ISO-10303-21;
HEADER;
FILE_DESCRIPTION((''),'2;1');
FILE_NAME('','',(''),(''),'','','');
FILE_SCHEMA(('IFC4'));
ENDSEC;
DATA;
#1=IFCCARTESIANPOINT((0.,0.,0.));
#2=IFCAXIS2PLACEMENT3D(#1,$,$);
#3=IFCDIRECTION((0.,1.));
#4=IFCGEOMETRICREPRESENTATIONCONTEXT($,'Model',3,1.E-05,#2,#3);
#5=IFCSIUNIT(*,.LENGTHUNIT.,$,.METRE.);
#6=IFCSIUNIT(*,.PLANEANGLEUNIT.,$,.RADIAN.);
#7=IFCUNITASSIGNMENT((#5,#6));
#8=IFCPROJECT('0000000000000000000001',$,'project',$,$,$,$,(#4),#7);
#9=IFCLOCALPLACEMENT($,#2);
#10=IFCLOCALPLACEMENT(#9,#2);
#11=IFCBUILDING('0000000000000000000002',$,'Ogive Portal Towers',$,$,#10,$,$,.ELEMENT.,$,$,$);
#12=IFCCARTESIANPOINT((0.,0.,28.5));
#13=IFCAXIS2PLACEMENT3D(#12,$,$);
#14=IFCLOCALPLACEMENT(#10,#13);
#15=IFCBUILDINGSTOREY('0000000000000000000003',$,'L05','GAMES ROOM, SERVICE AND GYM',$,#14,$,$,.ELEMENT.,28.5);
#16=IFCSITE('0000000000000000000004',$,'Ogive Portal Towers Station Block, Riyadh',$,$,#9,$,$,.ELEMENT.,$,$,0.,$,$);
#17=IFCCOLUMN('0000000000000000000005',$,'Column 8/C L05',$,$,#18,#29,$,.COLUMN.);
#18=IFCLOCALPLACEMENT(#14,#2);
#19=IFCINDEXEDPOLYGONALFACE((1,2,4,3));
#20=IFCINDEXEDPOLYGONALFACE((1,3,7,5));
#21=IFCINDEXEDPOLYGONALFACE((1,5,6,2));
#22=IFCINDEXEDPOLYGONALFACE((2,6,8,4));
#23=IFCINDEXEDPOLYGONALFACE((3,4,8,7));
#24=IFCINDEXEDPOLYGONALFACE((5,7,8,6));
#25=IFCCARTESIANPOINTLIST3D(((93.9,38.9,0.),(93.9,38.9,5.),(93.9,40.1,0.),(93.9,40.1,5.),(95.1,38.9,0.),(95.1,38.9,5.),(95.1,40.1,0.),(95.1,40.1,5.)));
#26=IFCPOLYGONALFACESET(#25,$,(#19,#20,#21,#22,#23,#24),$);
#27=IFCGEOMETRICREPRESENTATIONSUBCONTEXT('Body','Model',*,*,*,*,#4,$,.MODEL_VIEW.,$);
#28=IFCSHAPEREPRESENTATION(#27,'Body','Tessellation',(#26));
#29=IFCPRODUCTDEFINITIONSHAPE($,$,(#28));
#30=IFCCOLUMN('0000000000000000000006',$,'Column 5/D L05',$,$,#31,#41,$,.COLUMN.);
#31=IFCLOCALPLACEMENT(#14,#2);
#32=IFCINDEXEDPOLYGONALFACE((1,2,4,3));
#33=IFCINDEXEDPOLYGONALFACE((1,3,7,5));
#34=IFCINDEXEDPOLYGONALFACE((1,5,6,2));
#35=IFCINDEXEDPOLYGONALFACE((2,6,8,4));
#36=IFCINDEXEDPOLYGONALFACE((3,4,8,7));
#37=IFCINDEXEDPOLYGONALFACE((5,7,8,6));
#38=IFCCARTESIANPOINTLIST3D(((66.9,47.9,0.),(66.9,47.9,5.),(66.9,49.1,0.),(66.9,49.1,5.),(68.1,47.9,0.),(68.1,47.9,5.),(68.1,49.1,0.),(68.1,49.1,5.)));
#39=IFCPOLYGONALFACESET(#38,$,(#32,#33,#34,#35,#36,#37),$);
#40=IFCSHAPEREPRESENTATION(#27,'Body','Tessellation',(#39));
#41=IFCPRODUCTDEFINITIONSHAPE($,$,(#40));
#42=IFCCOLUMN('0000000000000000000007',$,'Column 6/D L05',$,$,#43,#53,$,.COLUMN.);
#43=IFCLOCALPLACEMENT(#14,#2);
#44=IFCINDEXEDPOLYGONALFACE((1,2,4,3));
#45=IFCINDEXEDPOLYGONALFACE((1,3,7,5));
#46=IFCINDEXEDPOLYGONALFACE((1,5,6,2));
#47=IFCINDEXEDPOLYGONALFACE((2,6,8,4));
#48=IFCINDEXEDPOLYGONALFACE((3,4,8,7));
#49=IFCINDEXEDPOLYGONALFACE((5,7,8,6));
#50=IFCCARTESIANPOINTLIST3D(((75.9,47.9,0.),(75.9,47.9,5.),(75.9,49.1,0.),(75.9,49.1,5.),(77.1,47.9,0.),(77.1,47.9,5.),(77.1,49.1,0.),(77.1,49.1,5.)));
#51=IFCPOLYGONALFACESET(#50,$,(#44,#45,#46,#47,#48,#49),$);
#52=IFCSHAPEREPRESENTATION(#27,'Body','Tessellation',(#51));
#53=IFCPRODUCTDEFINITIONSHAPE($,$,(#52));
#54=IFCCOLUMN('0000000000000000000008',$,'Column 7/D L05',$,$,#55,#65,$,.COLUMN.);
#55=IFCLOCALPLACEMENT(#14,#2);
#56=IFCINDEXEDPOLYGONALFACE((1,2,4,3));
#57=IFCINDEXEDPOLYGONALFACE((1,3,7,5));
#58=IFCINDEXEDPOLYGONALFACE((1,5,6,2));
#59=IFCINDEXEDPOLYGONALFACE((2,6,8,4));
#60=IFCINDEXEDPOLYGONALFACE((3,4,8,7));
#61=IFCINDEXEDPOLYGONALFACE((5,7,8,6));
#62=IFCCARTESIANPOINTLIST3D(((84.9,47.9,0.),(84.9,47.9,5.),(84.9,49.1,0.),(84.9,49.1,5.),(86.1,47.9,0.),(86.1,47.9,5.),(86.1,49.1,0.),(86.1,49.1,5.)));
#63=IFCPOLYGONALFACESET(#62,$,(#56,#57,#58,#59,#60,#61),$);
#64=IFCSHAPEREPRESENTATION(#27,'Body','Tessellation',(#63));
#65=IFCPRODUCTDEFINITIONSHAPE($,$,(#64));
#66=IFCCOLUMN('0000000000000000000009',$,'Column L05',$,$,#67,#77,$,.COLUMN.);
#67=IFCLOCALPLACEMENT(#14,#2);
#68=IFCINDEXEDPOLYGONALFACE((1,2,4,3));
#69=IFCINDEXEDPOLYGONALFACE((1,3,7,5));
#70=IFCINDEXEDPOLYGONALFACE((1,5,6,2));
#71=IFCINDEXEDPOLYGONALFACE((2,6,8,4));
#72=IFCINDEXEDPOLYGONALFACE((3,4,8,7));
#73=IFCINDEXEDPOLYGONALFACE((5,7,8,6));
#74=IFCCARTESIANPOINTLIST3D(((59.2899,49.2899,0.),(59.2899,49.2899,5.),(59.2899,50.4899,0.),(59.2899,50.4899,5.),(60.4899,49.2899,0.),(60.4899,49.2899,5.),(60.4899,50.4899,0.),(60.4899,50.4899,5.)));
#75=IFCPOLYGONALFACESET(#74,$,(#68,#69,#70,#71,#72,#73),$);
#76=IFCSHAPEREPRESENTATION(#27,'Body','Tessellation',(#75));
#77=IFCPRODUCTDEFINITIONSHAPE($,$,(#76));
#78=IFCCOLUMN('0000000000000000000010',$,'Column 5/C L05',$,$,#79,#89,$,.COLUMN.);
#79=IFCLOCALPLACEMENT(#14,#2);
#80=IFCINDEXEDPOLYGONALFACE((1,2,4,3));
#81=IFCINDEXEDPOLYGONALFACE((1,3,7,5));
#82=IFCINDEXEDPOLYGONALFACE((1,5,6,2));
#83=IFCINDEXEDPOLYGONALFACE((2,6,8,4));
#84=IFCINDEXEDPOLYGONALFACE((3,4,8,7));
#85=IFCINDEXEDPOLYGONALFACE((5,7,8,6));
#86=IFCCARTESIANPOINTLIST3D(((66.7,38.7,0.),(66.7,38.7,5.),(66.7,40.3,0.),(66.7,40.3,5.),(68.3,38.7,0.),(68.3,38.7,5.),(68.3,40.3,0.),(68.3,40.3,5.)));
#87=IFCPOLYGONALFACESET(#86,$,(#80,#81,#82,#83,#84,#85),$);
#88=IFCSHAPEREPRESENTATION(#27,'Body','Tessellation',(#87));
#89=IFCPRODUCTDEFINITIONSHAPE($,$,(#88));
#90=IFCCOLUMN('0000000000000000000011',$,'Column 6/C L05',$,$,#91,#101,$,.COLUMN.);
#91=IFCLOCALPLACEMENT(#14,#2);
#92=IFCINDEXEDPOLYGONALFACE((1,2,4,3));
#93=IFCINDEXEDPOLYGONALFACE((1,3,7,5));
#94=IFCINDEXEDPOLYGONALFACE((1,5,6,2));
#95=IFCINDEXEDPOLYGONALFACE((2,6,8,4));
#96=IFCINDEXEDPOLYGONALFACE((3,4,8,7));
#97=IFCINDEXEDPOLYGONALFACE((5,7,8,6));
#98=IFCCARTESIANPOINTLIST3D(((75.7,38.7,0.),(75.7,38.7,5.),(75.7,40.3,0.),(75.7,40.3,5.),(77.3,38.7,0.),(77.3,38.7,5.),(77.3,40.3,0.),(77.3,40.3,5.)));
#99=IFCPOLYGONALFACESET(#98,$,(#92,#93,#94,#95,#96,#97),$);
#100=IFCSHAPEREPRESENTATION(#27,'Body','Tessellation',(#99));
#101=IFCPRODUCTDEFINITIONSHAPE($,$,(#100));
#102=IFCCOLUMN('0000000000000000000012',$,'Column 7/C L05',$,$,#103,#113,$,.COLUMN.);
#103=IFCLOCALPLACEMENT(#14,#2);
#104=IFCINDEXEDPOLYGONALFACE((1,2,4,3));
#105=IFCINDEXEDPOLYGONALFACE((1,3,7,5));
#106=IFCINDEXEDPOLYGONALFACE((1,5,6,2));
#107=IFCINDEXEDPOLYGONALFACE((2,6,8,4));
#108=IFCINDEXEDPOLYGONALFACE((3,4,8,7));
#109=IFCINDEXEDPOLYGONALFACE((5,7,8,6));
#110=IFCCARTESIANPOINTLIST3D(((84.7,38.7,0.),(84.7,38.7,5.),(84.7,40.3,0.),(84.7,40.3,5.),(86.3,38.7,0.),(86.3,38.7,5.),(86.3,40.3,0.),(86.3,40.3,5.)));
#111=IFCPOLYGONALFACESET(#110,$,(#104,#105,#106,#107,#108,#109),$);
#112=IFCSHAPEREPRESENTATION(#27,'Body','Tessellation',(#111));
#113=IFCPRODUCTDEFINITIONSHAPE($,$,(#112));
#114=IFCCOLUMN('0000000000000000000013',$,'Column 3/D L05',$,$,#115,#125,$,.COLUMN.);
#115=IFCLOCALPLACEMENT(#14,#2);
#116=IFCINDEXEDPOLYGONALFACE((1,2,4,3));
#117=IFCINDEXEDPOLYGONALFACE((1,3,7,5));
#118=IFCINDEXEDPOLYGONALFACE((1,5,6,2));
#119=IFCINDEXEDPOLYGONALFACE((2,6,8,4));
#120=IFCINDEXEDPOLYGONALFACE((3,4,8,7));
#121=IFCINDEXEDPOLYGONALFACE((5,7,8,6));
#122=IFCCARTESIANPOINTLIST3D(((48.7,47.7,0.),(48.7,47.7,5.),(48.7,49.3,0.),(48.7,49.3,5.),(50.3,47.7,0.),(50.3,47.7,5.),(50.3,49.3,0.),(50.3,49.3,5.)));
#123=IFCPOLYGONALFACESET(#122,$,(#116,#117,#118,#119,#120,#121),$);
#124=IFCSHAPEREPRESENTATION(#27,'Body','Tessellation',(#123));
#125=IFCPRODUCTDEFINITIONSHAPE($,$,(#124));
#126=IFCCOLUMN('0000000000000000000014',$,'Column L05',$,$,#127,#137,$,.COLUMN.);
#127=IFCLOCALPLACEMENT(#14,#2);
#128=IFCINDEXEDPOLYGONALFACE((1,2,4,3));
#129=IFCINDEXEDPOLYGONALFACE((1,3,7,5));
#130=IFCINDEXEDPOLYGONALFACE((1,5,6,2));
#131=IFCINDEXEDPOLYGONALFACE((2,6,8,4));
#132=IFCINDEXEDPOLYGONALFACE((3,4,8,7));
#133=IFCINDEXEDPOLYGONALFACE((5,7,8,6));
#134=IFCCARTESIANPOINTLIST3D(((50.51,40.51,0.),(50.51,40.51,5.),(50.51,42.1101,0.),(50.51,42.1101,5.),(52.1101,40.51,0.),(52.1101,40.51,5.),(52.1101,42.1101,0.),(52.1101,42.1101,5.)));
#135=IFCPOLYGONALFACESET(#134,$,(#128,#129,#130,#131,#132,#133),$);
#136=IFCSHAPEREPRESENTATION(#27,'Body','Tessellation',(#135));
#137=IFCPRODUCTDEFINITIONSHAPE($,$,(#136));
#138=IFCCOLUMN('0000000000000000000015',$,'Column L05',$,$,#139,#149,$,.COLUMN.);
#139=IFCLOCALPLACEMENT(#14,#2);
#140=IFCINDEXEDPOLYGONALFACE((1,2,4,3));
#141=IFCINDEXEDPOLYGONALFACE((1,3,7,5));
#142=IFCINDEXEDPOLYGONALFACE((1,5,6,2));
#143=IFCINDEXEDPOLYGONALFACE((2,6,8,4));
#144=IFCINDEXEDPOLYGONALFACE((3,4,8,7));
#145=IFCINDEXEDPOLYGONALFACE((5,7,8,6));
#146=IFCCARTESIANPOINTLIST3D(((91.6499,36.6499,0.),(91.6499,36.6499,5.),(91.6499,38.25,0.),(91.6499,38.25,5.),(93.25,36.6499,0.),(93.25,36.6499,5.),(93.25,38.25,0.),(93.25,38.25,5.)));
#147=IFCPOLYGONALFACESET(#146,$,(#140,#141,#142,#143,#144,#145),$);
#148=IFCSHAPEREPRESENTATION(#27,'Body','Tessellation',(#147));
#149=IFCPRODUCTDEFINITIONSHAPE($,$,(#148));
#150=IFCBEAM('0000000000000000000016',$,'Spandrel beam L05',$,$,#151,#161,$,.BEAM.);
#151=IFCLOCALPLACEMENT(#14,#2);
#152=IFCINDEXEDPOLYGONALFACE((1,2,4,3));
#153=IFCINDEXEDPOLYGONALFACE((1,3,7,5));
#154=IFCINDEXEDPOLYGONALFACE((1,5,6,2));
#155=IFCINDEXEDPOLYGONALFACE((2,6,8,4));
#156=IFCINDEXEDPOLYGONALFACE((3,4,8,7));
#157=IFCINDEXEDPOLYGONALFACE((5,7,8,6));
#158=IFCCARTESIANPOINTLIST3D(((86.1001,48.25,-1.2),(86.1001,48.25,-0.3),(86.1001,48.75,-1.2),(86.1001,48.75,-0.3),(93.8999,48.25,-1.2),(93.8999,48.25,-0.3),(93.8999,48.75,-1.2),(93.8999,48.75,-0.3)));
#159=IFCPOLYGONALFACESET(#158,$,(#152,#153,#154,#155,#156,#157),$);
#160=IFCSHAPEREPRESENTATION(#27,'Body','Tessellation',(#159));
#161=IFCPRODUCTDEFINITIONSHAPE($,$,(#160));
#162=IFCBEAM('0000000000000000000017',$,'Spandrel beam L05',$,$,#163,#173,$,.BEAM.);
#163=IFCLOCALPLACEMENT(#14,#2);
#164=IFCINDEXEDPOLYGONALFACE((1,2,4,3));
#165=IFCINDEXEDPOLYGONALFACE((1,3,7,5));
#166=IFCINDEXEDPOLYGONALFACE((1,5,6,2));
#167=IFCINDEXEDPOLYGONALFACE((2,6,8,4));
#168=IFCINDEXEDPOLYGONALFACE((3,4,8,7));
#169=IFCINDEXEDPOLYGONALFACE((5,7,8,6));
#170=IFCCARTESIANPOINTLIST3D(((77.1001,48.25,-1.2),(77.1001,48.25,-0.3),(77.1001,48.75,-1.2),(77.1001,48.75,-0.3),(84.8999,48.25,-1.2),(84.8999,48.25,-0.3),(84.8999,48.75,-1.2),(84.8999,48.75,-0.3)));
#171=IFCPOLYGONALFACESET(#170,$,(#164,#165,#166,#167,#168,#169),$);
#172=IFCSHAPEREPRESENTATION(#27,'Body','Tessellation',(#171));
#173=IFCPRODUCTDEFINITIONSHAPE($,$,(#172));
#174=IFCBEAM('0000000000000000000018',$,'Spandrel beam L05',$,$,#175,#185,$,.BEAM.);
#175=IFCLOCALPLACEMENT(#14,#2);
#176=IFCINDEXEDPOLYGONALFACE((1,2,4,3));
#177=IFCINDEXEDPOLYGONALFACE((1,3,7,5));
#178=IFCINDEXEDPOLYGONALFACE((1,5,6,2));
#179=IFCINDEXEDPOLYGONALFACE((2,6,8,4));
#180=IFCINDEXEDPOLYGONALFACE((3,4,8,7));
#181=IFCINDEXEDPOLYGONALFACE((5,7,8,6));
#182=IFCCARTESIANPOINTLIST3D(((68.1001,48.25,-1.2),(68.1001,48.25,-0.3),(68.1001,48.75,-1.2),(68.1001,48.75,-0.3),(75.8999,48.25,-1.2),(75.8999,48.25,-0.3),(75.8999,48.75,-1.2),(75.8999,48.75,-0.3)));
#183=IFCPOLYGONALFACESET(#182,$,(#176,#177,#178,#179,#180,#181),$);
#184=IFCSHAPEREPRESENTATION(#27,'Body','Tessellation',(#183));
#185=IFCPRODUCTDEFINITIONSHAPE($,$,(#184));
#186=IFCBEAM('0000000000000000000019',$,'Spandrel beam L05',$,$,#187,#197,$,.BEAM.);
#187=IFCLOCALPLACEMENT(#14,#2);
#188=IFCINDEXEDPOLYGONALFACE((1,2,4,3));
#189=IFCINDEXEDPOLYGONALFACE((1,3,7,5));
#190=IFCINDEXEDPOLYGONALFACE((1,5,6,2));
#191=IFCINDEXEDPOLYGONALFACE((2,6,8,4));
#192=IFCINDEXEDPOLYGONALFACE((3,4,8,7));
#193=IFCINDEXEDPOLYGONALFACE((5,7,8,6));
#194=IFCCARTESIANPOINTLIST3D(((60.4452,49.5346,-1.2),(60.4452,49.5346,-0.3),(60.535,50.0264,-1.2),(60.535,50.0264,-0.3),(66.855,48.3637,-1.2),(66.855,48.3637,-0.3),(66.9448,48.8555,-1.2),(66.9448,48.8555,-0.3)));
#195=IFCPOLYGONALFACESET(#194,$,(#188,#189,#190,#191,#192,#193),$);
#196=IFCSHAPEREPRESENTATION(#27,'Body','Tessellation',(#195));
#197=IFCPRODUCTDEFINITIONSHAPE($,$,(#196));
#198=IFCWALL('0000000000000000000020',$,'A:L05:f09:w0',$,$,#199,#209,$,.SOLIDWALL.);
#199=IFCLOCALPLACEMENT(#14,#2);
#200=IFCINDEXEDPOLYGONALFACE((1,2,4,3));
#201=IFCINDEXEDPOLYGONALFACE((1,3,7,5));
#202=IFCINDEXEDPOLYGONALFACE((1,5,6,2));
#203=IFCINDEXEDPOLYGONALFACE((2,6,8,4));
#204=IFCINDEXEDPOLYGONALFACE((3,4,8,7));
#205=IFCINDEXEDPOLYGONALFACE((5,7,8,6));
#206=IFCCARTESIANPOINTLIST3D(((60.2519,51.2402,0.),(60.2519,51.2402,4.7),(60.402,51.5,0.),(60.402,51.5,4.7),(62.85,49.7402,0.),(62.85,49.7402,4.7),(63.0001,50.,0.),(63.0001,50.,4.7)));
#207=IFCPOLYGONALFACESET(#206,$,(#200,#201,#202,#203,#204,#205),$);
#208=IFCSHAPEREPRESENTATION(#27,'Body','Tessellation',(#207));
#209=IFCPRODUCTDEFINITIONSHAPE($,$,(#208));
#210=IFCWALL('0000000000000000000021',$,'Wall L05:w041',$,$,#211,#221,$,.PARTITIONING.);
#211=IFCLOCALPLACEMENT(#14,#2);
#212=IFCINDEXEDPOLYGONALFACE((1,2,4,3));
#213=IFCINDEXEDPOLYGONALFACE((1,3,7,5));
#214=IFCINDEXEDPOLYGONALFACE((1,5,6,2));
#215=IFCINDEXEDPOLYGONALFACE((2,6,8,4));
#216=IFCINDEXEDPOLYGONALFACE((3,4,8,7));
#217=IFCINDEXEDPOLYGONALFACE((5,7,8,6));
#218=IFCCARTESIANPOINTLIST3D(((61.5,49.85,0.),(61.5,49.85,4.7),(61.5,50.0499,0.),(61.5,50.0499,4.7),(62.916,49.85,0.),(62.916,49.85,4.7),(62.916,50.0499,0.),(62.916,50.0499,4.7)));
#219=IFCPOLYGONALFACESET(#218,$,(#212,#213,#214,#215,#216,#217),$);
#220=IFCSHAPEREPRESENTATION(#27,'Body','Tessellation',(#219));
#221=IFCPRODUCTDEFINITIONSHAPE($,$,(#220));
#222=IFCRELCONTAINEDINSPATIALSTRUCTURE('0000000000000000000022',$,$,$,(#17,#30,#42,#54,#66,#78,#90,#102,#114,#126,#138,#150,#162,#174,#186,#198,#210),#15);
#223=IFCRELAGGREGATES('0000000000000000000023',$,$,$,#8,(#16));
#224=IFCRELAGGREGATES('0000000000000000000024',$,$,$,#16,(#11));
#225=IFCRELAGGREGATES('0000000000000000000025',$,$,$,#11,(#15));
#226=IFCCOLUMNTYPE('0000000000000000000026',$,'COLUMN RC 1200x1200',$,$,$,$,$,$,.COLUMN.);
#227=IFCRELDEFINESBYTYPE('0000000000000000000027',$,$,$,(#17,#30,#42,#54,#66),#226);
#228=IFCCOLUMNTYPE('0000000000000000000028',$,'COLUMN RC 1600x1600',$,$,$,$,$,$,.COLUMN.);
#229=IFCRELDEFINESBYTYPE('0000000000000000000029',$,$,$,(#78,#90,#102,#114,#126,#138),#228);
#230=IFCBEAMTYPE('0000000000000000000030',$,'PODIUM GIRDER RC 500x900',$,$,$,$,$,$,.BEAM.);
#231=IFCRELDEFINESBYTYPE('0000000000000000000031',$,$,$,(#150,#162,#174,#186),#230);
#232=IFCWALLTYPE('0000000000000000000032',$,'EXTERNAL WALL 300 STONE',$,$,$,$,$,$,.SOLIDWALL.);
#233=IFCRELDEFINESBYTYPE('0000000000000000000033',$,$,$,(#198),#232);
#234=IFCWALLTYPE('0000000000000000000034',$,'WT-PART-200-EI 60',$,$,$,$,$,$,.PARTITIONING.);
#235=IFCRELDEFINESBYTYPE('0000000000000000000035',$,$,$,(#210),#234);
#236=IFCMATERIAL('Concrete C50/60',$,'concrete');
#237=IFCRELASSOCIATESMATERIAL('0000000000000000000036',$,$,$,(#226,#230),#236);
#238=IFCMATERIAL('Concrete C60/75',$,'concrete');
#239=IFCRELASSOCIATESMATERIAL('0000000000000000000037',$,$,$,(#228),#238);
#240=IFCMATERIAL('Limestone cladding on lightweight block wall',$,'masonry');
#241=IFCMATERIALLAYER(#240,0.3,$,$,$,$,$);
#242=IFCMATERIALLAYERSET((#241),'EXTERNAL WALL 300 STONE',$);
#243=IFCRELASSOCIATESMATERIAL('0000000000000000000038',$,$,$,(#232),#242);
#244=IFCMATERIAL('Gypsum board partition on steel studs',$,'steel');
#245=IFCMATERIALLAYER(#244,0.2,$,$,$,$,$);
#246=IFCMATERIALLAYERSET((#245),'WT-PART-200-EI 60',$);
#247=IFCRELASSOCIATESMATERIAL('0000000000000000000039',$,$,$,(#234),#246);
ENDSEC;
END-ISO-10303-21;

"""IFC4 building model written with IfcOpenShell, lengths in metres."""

from ifc_helpers import new_model, si_unit, direction, frame, frame_2d, origin, origin_2d, place, context, subcontext, project, spatial, rectangle, extrude, material, layer, layer_set, material_profile, profile_set, type_object, element, save


model = new_model("IFC4")

# Units and contexts
model_context = context("Model", 3, precision=1e-05, world=origin(), true_north=direction((0.0, 1.0)))
body_context = subcontext(model_context, "Body", "Model", "MODEL_VIEW")
ifc_project = project(units=[si_unit("LENGTHUNIT", "METRE"), si_unit("PLANEANGLEUNIT", "RADIAN")], contexts=[model_context])

# Site, building, storey
site_placement = place(None, origin())
site = spatial("IfcSite", under=ifc_project, at=site_placement, Name="Ogive Portal Towers Station Block, Riyadh", CompositionType="ELEMENT", RefElevation=0.0)
building_placement = place(site_placement, origin())
building = spatial("IfcBuilding", under=site, at=building_placement, Name="Ogive Portal Towers", CompositionType="ELEMENT")
storey_placement = place(building_placement, frame((0.0, 0.0, 28.5)))
storey = spatial("IfcBuildingStorey", under=building, at=storey_placement, Name="L05", Description="GAMES ROOM, SERVICE AND GYM", CompositionType="ELEMENT", Elevation=28.5)

# Columns
ifc_material_1 = material(Name="Concrete C50/60", Category="concrete")
ifc_material_profile_1 = material_profile(ifc_material_1, rectangle(XDim=1.2, YDim=1.2, at=origin_2d()), Name="RC 1200x1200")
ifc_profile_set_1 = profile_set([ifc_material_profile_1], Name="Concrete C50/60")
column_type_1 = type_object("IfcColumnType", Name="COLUMN RC 1200x1200", PredefinedType="COLUMN", material=ifc_profile_set_1)
for number, where, z_axis, x_axis, name in (
    (1, (94.5, 39.5, 0.0), (0.0, 0.0, 1.0), (1.0, 0.0, 0.0), "Column 8/C L05"),
    (2, (67.5, 48.5, 0.0), (0.0, 0.0, 1.0), (1.0, 0.0, 0.0), "Column 5/D L05"),
    (3, (76.5, 48.5, 0.0), (0.0, 0.0, 1.0), (1.0, 0.0, 0.0), "Column 6/D L05"),
    (4, (85.5, 48.5, 0.0), (0.0, 0.0, 1.0), (1.0, 0.0, 0.0), "Column 7/D L05"),
    (5, (59.8899, 49.8899, 0.0), (0.0, 0.0, 1.0), (1.0, 0.0, 0.0), "Column L05"),
):
    element("IfcColumn", number, at=place(storey_placement, frame(where, z_axis=z_axis, x_axis=x_axis)), inside=storey, type_object=column_type_1, Name=name, PredefinedType="COLUMN", context=body_context, shape_type="SweptSolid", body=[
        extrude(rectangle(XDim=1.2, YDim=1.2, at=origin_2d()), origin(), (0.0, 0.0, 1.0), 5.0),
    ])
ifc_material_2 = material(Name="Concrete C60/75", Category="concrete")
ifc_material_profile_2 = material_profile(ifc_material_2, rectangle(XDim=1.6001, YDim=1.6001, at=origin_2d()), Name="RC 1600x1600")
ifc_profile_set_2 = profile_set([ifc_material_profile_2], Name="Concrete C60/75")
column_type_2 = type_object("IfcColumnType", Name="COLUMN RC 1600x1600", PredefinedType="COLUMN", material=ifc_profile_set_2)
for number, where, z_axis, x_axis, name in (
    (6, (67.5, 39.5, 0.0), (0.0, 0.0, 1.0), (1.0, 0.0, 0.0), "Column 5/C L05"),
    (7, (76.5, 39.5, 0.0), (0.0, 0.0, 1.0), (1.0, 0.0, 0.0), "Column 6/C L05"),
    (8, (85.5, 39.5, 0.0), (0.0, 0.0, 1.0), (1.0, 0.0, 0.0), "Column 7/C L05"),
    (9, (49.5, 48.5, 0.0), (0.0, 0.0, 1.0), (1.0, 0.0, 0.0), "Column 3/D L05"),
    (10, (51.3101, 41.3101, 0.0), (0.0, 0.0, 1.0), (1.0, 0.0, 0.0), "Column L05"),
    (11, (92.45, 37.45, 0.0), (0.0, 0.0, 1.0), (1.0, 0.0, 0.0), "Column L05"),
):
    element("IfcColumn", number, at=place(storey_placement, frame(where, z_axis=z_axis, x_axis=x_axis)), inside=storey, type_object=column_type_2, Name=name, PredefinedType="COLUMN", context=body_context, shape_type="SweptSolid", body=[
        extrude(rectangle(XDim=1.6001, YDim=1.6001, at=origin_2d()), origin(), (0.0, 0.0, 1.0), 5.0),
    ])

# Beams
ifc_material_profile_3 = material_profile(ifc_material_1, rectangle(XDim=0.5, YDim=0.8999, at=origin_2d()), Name="RC 500x900")
ifc_profile_set_3 = profile_set([ifc_material_profile_3], Name="Concrete C50/60")
beam_type = type_object("IfcBeamType", Name="PODIUM GIRDER RC 500x900", PredefinedType="BEAM", material=ifc_profile_set_3)
for number, where, z_axis, x_axis, name in (
    (12, (93.8999, 48.5, -0.75), (-1.0, 0.0, 0.0), (0.0, -1.0, 0.0), "Spandrel beam L05"),
    (13, (84.8999, 48.5, -0.75), (-1.0, 0.0, 0.0), (0.0, -1.0, 0.0), "Spandrel beam L05"),
    (14, (75.8999, 48.5, -0.75), (-1.0, 0.0, 0.0), (0.0, -1.0, 0.0), "Spandrel beam L05"),
):
    element("IfcBeam", number, at=place(storey_placement, frame(where, z_axis=z_axis, x_axis=x_axis)), inside=storey, type_object=beam_type, Name=name, PredefinedType="BEAM", context=body_context, shape_type="SweptSolid", body=[
        extrude(rectangle(XDim=0.5, YDim=0.8999, at=origin_2d()), origin(), (0.0, 0.0, 1.0), 7.7998),
    ])
beam_placement = place(storey_placement, frame((66.8999, 48.6096, -0.75), z_axis=(-0.983722, 0.179696, 0.0), x_axis=(-0.179696, -0.983722, 0.0)))
element("IfcBeam", 15, at=beam_placement, inside=storey, type_object=beam_type, Name="Spandrel beam L05", PredefinedType="BEAM", context=body_context, shape_type="SweptSolid", body=[
    extrude(rectangle(XDim=0.5, YDim=0.8999, at=origin_2d()), origin(), (0.0, 0.0, 1.0), 6.5159),
])

# Walls
ifc_material_3 = material(Name="Limestone cladding on lightweight block wall", Category="masonry")
ifc_layer_1 = layer(ifc_material_3, 0.3)
ifc_layer_set_1 = layer_set([ifc_layer_1], Name="EXTERNAL WALL 300 STONE")
wall_type_1 = type_object("IfcWallType", Name="EXTERNAL WALL 300 STONE", PredefinedType="SOLIDWALL", material=ifc_layer_set_1)
wall_1_placement = place(storey_placement, frame((62.925, 49.8701, 0.0), z_axis=(0.0, 0.0, 1.0), x_axis=(-0.866031, 0.49999, 0.0)))
element("IfcWall", 16, at=wall_1_placement, inside=storey, type_object=wall_type_1, Name="A:L05:f09:w0", PredefinedType="SOLIDWALL", context=body_context, shape_type="SweptSolid", body=[
    extrude(rectangle(XDim=3.0, YDim=0.3, at=frame_2d((1.5, 0.0))), origin(), (0.0, 0.0, 1.0), 4.7),
])
ifc_material_4 = material(Name="Gypsum board partition on steel studs", Category="steel")
ifc_layer_2 = layer(ifc_material_4, 0.2)
ifc_layer_set_2 = layer_set([ifc_layer_2], Name="WT-PART-200-EI 60")
wall_type_2 = type_object("IfcWallType", Name="WT-PART-200-EI 60", PredefinedType="PARTITIONING", material=ifc_layer_set_2)
wall_2_placement = place(storey_placement, frame((61.5, 49.95, 0.0), z_axis=(0.0, 0.0, 1.0), x_axis=(1.0, 0.0, 0.0)))
element("IfcWall", 17, at=wall_2_placement, inside=storey, type_object=wall_type_2, Name="Wall L05:w041", PredefinedType="PARTITIONING", context=body_context, shape_type="SweptSolid", body=[
    extrude(rectangle(XDim=1.416, YDim=0.2, at=frame_2d((0.708, 0.0))), origin(), (0.0, 0.0, 1.0), 4.7),
])

save(model, "model.ifc")
